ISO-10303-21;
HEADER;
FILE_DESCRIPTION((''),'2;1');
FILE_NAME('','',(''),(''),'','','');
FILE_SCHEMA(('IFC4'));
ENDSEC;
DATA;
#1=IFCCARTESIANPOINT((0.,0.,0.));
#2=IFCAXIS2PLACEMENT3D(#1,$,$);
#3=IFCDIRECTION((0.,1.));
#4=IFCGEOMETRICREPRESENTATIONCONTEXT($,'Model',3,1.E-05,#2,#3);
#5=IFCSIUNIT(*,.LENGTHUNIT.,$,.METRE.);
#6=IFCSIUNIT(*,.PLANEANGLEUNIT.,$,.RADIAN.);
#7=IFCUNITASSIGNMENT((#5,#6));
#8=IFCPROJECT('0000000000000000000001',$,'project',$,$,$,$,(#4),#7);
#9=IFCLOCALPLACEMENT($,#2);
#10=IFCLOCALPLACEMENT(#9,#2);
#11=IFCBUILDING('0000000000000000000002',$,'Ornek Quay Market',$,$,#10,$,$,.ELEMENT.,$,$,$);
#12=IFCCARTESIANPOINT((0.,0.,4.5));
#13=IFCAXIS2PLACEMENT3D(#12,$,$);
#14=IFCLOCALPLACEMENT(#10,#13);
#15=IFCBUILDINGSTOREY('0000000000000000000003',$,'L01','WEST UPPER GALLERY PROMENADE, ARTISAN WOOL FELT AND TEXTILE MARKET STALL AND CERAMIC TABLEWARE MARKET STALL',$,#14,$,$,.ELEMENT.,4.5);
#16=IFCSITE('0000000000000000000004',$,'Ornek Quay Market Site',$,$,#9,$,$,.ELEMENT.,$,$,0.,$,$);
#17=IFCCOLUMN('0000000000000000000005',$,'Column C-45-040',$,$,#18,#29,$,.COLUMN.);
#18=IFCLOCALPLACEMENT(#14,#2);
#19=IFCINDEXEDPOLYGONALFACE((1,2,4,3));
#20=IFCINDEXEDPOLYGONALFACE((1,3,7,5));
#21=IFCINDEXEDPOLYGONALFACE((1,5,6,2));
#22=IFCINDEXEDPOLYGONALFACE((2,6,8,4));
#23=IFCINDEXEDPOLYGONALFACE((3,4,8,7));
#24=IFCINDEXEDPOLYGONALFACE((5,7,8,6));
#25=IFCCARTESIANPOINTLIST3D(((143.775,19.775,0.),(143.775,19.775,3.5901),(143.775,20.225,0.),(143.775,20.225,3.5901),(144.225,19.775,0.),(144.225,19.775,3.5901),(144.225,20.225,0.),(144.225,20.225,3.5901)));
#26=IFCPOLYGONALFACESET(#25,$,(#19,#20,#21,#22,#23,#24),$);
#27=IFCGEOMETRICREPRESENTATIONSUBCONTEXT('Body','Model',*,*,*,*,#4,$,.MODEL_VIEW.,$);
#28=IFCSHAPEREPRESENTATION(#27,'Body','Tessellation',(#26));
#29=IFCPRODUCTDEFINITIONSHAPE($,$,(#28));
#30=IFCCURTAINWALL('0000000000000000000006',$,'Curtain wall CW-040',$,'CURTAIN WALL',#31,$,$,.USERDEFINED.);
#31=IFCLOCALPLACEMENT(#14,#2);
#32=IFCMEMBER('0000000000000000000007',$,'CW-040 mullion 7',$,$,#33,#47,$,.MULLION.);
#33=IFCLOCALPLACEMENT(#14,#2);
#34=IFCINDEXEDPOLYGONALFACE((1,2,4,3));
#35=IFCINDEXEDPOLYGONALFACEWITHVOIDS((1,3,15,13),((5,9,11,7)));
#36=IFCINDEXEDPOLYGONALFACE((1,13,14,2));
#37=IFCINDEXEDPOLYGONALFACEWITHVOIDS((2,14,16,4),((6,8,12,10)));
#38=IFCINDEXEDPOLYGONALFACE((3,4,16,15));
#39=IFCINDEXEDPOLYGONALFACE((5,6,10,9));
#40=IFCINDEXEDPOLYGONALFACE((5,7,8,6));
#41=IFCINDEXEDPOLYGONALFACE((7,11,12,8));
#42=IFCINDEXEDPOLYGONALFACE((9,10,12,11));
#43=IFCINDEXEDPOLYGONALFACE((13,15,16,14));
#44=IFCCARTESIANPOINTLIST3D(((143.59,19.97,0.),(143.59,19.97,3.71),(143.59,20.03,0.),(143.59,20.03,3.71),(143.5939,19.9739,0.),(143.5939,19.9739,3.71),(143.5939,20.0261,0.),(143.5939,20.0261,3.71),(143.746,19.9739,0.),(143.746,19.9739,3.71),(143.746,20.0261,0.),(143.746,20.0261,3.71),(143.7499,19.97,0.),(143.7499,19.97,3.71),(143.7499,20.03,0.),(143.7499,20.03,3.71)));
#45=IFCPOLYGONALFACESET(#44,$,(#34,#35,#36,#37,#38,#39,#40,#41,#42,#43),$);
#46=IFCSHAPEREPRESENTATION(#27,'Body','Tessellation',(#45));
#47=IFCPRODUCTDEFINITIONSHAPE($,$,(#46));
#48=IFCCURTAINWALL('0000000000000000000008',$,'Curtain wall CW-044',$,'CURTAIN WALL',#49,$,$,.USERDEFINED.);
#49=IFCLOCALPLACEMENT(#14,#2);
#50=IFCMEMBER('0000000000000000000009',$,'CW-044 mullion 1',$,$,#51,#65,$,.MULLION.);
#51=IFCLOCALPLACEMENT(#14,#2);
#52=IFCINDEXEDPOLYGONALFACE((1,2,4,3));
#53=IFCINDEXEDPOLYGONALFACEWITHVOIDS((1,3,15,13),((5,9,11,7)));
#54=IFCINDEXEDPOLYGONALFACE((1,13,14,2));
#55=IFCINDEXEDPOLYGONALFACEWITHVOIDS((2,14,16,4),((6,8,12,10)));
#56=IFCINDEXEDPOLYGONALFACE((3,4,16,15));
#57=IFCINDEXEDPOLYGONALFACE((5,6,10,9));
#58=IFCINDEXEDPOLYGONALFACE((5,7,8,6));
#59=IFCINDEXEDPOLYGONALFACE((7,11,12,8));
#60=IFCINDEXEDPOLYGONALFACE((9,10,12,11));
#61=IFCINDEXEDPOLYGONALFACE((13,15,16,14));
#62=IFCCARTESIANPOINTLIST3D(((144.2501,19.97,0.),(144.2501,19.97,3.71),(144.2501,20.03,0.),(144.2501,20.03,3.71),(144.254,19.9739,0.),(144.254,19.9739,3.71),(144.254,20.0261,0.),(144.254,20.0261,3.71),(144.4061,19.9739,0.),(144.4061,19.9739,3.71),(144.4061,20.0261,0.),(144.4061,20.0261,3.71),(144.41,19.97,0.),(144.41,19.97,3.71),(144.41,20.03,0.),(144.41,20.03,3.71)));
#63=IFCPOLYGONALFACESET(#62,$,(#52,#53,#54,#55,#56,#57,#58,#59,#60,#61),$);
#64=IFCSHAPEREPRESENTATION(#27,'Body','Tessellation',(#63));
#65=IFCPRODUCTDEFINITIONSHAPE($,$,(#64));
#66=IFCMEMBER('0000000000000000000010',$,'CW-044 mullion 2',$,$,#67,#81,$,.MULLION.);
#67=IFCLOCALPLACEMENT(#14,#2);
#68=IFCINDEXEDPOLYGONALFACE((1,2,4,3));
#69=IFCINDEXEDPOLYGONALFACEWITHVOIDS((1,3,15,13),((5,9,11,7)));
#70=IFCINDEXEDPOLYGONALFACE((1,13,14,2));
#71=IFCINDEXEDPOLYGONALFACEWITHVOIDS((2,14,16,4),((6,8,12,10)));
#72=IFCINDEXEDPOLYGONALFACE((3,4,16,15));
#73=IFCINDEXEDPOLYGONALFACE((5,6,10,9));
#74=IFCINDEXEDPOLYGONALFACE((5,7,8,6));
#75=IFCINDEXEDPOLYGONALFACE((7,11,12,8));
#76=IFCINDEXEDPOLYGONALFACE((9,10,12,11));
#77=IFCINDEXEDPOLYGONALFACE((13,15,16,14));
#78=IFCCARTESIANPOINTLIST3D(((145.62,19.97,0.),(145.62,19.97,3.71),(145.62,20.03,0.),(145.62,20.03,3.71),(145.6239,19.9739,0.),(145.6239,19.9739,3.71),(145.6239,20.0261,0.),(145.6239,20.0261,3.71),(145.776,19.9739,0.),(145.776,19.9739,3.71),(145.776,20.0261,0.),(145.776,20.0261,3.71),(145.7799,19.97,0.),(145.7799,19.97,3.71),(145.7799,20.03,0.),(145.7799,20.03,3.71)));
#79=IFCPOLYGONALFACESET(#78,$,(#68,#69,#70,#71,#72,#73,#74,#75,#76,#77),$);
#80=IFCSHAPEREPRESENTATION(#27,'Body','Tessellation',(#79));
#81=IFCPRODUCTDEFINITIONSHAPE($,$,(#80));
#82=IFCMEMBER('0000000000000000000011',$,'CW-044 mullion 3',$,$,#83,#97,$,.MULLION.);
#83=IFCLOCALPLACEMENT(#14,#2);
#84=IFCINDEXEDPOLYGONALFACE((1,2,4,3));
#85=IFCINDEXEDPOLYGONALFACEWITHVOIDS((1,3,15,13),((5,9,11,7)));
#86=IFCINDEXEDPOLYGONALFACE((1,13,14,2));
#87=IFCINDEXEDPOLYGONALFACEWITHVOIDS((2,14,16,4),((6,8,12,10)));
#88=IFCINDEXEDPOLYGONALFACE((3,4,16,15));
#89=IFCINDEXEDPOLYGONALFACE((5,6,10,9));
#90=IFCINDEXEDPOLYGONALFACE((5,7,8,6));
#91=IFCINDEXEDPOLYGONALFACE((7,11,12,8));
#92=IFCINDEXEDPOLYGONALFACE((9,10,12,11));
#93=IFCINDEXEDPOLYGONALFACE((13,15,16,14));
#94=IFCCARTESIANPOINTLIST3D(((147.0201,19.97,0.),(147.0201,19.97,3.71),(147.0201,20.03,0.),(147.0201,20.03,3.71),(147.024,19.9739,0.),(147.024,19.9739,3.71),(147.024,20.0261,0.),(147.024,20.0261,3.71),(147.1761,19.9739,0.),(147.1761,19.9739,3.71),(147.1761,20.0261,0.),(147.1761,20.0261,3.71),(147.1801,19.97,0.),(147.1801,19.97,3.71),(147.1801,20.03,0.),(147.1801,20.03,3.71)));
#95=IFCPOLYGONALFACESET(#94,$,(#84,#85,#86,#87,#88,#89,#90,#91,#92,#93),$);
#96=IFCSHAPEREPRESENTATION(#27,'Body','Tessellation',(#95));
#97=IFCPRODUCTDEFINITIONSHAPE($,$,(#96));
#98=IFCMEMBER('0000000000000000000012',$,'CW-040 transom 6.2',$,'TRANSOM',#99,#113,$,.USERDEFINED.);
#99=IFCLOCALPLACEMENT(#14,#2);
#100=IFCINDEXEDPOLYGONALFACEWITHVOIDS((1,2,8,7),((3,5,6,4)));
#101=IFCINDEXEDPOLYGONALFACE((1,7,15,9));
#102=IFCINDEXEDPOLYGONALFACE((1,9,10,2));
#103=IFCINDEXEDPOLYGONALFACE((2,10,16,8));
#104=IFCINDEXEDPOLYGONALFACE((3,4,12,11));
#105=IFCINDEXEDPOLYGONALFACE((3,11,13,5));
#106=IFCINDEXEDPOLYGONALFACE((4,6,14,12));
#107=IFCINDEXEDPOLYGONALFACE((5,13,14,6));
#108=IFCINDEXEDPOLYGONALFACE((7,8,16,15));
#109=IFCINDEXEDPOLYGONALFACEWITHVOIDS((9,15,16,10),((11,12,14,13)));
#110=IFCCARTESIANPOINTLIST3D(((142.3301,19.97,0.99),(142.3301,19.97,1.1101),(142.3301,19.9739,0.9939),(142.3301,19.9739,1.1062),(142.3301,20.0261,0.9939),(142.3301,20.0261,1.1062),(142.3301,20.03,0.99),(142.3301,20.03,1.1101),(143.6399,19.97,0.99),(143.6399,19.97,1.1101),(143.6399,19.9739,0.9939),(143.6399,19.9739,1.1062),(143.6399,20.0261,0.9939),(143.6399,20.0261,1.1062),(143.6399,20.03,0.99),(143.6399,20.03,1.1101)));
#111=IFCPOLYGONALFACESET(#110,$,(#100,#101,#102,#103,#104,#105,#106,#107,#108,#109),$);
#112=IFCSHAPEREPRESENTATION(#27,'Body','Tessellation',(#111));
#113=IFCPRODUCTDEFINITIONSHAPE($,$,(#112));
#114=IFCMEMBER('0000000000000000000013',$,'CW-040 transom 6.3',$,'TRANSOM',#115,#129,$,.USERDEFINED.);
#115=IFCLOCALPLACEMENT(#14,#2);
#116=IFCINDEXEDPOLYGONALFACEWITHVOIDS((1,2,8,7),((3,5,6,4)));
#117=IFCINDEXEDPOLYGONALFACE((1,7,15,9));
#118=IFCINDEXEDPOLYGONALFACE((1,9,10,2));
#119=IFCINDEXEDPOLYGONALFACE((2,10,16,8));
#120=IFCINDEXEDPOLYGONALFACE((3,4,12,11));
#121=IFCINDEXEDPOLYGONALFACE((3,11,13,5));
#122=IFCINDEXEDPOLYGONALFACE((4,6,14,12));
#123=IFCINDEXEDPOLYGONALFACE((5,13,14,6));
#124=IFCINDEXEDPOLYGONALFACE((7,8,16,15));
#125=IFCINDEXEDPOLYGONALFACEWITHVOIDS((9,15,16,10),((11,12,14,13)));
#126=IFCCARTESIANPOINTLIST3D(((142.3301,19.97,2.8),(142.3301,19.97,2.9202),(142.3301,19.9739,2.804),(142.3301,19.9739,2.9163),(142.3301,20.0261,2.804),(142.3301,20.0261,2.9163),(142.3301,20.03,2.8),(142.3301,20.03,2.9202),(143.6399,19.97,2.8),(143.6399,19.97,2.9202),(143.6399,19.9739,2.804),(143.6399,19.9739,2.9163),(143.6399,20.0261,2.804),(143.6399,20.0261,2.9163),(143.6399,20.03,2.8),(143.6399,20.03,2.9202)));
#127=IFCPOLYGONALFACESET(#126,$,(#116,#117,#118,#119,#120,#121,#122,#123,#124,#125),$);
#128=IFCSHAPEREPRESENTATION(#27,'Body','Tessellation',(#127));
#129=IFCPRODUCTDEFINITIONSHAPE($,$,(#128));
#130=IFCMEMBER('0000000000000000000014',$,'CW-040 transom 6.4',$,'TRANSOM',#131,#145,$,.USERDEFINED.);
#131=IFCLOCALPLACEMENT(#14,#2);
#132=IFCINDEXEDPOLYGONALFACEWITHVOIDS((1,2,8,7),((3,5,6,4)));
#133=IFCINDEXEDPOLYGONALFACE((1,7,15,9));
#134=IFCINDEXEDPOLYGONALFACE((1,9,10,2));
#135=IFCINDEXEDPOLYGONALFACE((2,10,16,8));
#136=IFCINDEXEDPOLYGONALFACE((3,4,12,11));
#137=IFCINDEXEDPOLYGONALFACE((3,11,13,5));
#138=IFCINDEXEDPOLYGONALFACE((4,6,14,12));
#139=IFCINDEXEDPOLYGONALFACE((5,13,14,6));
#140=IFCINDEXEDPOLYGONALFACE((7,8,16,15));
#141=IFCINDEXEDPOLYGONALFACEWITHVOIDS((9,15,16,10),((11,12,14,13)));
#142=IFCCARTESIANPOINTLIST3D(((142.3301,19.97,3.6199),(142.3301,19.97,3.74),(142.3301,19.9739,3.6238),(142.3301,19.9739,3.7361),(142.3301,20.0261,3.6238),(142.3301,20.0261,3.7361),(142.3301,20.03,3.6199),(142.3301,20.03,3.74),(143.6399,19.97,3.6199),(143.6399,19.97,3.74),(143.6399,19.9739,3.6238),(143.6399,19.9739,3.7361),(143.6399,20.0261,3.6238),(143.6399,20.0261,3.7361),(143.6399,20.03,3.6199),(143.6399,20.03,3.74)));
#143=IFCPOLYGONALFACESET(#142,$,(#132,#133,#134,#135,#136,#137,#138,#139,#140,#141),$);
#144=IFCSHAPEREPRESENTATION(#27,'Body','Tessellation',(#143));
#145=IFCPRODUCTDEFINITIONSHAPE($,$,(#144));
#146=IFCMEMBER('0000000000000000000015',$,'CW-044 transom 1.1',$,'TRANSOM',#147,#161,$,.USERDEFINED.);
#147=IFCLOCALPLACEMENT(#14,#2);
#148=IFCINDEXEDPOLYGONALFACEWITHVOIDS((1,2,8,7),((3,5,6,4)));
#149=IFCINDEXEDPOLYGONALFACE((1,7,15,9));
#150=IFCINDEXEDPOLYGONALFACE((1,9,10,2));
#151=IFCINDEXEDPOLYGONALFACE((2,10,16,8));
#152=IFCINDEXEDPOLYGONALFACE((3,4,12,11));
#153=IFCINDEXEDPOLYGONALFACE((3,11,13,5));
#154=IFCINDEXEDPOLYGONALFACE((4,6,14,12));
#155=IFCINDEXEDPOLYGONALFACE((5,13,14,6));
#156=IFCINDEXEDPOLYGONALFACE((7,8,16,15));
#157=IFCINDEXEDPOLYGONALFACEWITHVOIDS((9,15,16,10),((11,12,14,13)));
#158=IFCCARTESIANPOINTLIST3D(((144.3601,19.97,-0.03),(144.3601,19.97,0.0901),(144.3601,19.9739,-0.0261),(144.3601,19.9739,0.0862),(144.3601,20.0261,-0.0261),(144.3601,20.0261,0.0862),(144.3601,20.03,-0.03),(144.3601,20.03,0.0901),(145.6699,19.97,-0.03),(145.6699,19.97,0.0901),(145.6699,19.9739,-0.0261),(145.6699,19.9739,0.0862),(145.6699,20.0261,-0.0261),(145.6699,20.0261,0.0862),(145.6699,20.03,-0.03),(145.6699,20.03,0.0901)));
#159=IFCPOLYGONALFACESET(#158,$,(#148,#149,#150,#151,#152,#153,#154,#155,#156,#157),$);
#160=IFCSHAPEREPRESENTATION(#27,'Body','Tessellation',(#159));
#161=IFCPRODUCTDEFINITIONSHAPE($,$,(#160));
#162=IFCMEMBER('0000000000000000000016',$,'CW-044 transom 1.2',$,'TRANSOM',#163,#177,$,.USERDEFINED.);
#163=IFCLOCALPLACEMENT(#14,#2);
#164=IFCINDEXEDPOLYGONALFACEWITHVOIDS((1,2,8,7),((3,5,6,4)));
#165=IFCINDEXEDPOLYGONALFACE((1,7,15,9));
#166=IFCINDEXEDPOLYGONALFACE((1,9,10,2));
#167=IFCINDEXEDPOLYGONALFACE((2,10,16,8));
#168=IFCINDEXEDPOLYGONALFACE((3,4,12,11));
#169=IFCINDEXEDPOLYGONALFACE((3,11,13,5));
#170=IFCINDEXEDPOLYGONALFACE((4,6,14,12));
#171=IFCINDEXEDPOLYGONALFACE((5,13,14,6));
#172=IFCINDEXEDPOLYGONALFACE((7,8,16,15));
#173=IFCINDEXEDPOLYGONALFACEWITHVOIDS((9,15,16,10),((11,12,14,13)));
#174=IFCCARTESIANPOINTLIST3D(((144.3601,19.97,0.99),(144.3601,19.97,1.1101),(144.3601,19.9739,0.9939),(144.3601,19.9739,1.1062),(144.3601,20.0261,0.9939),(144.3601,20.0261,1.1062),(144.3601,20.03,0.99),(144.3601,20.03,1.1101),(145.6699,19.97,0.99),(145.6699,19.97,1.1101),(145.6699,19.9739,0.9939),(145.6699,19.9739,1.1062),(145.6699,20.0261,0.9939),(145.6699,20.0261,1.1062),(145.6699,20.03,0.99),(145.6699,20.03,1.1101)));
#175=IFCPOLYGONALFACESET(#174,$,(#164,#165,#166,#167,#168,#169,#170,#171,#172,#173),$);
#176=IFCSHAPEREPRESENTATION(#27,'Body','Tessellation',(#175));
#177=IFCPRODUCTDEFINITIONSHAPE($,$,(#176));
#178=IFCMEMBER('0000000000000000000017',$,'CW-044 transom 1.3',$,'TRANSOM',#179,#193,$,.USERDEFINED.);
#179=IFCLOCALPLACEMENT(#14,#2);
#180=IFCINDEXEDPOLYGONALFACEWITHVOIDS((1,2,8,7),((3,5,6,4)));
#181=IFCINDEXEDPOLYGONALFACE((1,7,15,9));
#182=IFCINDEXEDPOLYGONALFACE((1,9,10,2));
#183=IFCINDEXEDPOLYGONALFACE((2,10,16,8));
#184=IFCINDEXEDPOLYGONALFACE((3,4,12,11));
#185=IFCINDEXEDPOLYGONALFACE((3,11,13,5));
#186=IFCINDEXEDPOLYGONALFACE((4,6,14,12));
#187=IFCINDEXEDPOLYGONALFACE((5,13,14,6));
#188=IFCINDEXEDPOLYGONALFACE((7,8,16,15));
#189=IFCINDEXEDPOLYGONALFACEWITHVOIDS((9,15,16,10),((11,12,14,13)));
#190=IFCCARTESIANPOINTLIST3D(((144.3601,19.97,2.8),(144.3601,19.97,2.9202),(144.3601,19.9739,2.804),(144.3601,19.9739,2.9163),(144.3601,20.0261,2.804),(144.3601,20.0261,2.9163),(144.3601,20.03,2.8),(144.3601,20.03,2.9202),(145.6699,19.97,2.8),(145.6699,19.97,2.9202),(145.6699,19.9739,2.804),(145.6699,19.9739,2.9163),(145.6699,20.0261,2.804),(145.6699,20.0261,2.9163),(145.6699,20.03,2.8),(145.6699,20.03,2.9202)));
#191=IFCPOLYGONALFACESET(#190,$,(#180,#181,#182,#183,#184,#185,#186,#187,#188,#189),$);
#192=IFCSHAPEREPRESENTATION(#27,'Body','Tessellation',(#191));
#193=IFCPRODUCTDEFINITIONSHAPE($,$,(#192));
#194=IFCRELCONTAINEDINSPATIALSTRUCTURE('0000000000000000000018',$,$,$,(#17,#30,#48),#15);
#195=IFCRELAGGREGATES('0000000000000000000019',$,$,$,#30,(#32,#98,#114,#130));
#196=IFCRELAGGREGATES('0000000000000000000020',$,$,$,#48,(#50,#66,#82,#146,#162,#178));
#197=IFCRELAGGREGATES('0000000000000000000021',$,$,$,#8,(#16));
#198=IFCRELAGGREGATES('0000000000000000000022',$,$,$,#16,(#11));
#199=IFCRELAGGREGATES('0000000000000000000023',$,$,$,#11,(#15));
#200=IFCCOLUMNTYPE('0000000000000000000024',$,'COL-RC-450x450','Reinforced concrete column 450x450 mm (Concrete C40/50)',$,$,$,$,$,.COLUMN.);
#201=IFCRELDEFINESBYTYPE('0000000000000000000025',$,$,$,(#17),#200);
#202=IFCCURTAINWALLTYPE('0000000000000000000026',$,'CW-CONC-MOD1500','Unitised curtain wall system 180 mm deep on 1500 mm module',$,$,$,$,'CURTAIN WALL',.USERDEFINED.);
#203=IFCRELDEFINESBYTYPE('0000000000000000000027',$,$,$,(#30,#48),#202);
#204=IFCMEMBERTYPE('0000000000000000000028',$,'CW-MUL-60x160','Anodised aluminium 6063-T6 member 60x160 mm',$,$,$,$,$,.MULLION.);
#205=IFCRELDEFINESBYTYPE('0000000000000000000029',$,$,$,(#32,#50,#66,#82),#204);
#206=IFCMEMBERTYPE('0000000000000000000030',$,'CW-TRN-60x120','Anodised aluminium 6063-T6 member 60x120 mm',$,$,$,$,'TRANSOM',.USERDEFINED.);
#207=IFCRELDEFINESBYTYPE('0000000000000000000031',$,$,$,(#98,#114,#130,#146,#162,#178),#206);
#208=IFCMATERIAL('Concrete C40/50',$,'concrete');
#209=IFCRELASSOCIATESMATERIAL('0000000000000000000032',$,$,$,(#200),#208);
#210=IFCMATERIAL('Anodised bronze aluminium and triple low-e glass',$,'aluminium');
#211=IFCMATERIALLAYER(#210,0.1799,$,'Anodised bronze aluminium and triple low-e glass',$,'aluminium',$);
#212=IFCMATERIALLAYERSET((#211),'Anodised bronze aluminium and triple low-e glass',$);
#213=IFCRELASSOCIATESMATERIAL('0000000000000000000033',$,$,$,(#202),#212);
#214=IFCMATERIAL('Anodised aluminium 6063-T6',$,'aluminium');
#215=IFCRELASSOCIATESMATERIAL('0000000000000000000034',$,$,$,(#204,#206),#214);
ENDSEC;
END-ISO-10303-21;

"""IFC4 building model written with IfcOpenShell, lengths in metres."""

from ifc_helpers import new_model, si_unit, direction, frame, origin, origin_2d, place, context, subcontext, project, spatial, rectangle, hollow_rectangle, extrude, material, layer, layer_set, material_profile, profile_set, type_object, element, aggregate, save


model = new_model("IFC4")

# Units and contexts
model_context = context("Model", 3, precision=1e-05, world=origin(), true_north=direction((0.0, 1.0)))
body_context = subcontext(model_context, "Body", "Model", "MODEL_VIEW")
ifc_project = project(units=[si_unit("LENGTHUNIT", "METRE"), si_unit("PLANEANGLEUNIT", "RADIAN")], contexts=[model_context])

# Site, building, storey
site_placement = place(None, origin())
site = spatial("IfcSite", under=ifc_project, at=site_placement, Name="Ornek Quay Market Site", CompositionType="ELEMENT", RefElevation=0.0)
building_placement = place(site_placement, origin())
building = spatial("IfcBuilding", under=site, at=building_placement, Name="Ornek Quay Market", CompositionType="ELEMENT")
storey_placement = place(building_placement, frame((0.0, 0.0, 4.5)))
storey = spatial("IfcBuildingStorey", under=building, at=storey_placement, Name="L01", Description="WEST UPPER GALLERY PROMENADE, ARTISAN WOOL FELT AND TEXTILE MARKET STALL AND CERAMIC TABLEWARE MARKET STALL", CompositionType="ELEMENT", Elevation=4.5)

# Column
ifc_material_1 = material(Name="Concrete C40/50", Category="concrete")
ifc_material_profile_1 = material_profile(ifc_material_1, rectangle(XDim=0.45, YDim=0.45, at=origin_2d()), Name="RC 450x450", Category="concrete")
ifc_profile_set_1 = profile_set([ifc_material_profile_1], Name="Concrete C40/50")
column_type = type_object("IfcColumnType", Name="COL-RC-450x450", Description="Reinforced concrete column 450x450 mm (Concrete C40/50)", PredefinedType="COLUMN", material=ifc_profile_set_1)
column_placement = place(storey_placement, frame((144.0, 20.0, 0.0), z_axis=(0.0, 0.0, 1.0), x_axis=(1.0, 0.0, 0.0)))
element("IfcColumn", 1, at=column_placement, inside=storey, type_object=column_type, Name="Column C-45-040", PredefinedType="COLUMN", context=body_context, shape_type="SweptSolid", body=[
    extrude(rectangle(XDim=0.45, YDim=0.45, at=origin_2d()), origin(), (0.0, 0.0, 1.0), 3.5901),
])

# Curtain wall, member
ifc_material_2 = material(Name="Anodised bronze aluminium and triple low-e glass", Category="aluminium")
ifc_layer_1 = layer(ifc_material_2, 0.1799, Name="Anodised bronze aluminium and triple low-e glass", Category="aluminium")
ifc_layer_set_1 = layer_set([ifc_layer_1], Name="Anodised bronze aluminium and triple low-e glass")
curtain_wall_type = type_object("IfcCurtainWallType", Name="CW-CONC-MOD1500", Description="Unitised curtain wall system 180 mm deep on 1500 mm module", ElementType="CURTAIN WALL", PredefinedType="USERDEFINED", material=ifc_layer_set_1)
curtain_wall_1_placement = place(storey_placement, origin())
curtain_wall_1 = element("IfcCurtainWall", 2, at=curtain_wall_1_placement, inside=storey, type_object=curtain_wall_type, Name="Curtain wall CW-040", ObjectType="CURTAIN WALL", PredefinedType="USERDEFINED")
ifc_material_3 = material(Name="Anodised aluminium 6063-T6", Category="aluminium")
ifc_material_profile_2 = material_profile(ifc_material_3, hollow_rectangle(XDim=0.0601, YDim=0.1599, WallThickness=0.0039, at=origin_2d()), Name="CW-MUL-60x160", Category="aluminium")
ifc_profile_set_2 = profile_set([ifc_material_profile_2], Name="Anodised aluminium 6063-T6")
member_type_1 = type_object("IfcMemberType", Name="CW-MUL-60x160", Description="Anodised aluminium 6063-T6 member 60x160 mm", PredefinedType="MULLION", material=ifc_profile_set_2)
member_1_placement = place(storey_placement, frame((143.6699, 20.0, 0.0), z_axis=(0.0, 0.0, 1.0), x_axis=(0.0, 1.0, 0.0)))
member_1 = element("IfcMember", 3, at=member_1_placement, type_object=member_type_1, Name="CW-040 mullion 7", PredefinedType="MULLION", context=body_context, shape_type="SweptSolid", body=[
    extrude(hollow_rectangle(XDim=0.0601, YDim=0.1599, WallThickness=0.0039, at=origin_2d()), origin(), (0.0, 0.0, 1.0), 3.71),
])

# Curtain wall, members
curtain_wall_2_placement = place(storey_placement, origin())
curtain_wall_2 = element("IfcCurtainWall", 4, at=curtain_wall_2_placement, inside=storey, type_object=curtain_wall_type, Name="Curtain wall CW-044", ObjectType="CURTAIN WALL", PredefinedType="USERDEFINED")
member_2_placement = place(storey_placement, frame((144.3301, 20.0, 0.0), z_axis=(0.0, 0.0, 1.0), x_axis=(0.0, 1.0, 0.0)))
member_2 = element("IfcMember", 5, at=member_2_placement, type_object=member_type_1, Name="CW-044 mullion 1", PredefinedType="MULLION", context=body_context, shape_type="SweptSolid", body=[
    extrude(hollow_rectangle(XDim=0.0601, YDim=0.1599, WallThickness=0.0039, at=origin_2d()), origin(), (0.0, 0.0, 1.0), 3.71),
])
member_3_placement = place(storey_placement, frame((145.7, 20.0, 0.0), z_axis=(0.0, 0.0, 1.0), x_axis=(0.0, 1.0, 0.0)))
member_3 = element("IfcMember", 6, at=member_3_placement, type_object=member_type_1, Name="CW-044 mullion 2", PredefinedType="MULLION", context=body_context, shape_type="SweptSolid", body=[
    extrude(hollow_rectangle(XDim=0.0601, YDim=0.1599, WallThickness=0.0039, at=origin_2d()), origin(), (0.0, 0.0, 1.0), 3.71),
])
member_4_placement = place(storey_placement, frame((147.1001, 20.0, 0.0), z_axis=(0.0, 0.0, 1.0), x_axis=(0.0, 1.0, 0.0)))
member_4 = element("IfcMember", 7, at=member_4_placement, type_object=member_type_1, Name="CW-044 mullion 3", PredefinedType="MULLION", context=body_context, shape_type="SweptSolid", body=[
    extrude(hollow_rectangle(XDim=0.0601, YDim=0.1599, WallThickness=0.0039, at=origin_2d()), origin(), (0.0, 0.0, 1.0), 3.71),
])

# Members
ifc_material_profile_3 = material_profile(ifc_material_3, hollow_rectangle(XDim=0.0601, YDim=0.1201, WallThickness=0.0039, at=origin_2d()), Name="CW-TRN-60x120", Category="aluminium")
ifc_profile_set_3 = profile_set([ifc_material_profile_3], Name="Anodised aluminium 6063-T6")
member_type_2 = type_object("IfcMemberType", Name="CW-TRN-60x120", Description="Anodised aluminium 6063-T6 member 60x120 mm", ElementType="TRANSOM", PredefinedType="USERDEFINED", material=ifc_profile_set_3)
member_5_placement = place(storey_placement, frame((142.3301, 20.0, 1.05), z_axis=(1.0, 0.0, 0.0), x_axis=(0.0, 1.0, 0.0)))
member_5 = element("IfcMember", 8, at=member_5_placement, type_object=member_type_2, Name="CW-040 transom 6.2", ObjectType="TRANSOM", PredefinedType="USERDEFINED", context=body_context, shape_type="SweptSolid", body=[
    extrude(hollow_rectangle(XDim=0.0601, YDim=0.1201, WallThickness=0.0039, at=origin_2d()), origin(), (0.0, 0.0, 1.0), 1.3098),
])
member_6_placement = place(storey_placement, frame((142.3301, 20.0, 2.8601), z_axis=(1.0, 0.0, 0.0), x_axis=(0.0, 1.0, 0.0)))
member_6 = element("IfcMember", 9, at=member_6_placement, type_object=member_type_2, Name="CW-040 transom 6.3", ObjectType="TRANSOM", PredefinedType="USERDEFINED", context=body_context, shape_type="SweptSolid", body=[
    extrude(hollow_rectangle(XDim=0.0601, YDim=0.1201, WallThickness=0.0039, at=origin_2d()), origin(), (0.0, 0.0, 1.0), 1.3098),
])
member_7_placement = place(storey_placement, frame((142.3301, 20.0, 3.6799), z_axis=(1.0, 0.0, 0.0), x_axis=(0.0, 1.0, 0.0)))
member_7 = element("IfcMember", 10, at=member_7_placement, type_object=member_type_2, Name="CW-040 transom 6.4", ObjectType="TRANSOM", PredefinedType="USERDEFINED", context=body_context, shape_type="SweptSolid", body=[
    extrude(hollow_rectangle(XDim=0.0601, YDim=0.1201, WallThickness=0.0039, at=origin_2d()), origin(), (0.0, 0.0, 1.0), 1.3098),
])
member_8_placement = place(storey_placement, frame((144.3601, 20.0, 0.03), z_axis=(1.0, 0.0, 0.0), x_axis=(0.0, 1.0, 0.0)))
member_8 = element("IfcMember", 11, at=member_8_placement, type_object=member_type_2, Name="CW-044 transom 1.1", ObjectType="TRANSOM", PredefinedType="USERDEFINED", context=body_context, shape_type="SweptSolid", body=[
    extrude(hollow_rectangle(XDim=0.0601, YDim=0.1201, WallThickness=0.0039, at=origin_2d()), origin(), (0.0, 0.0, 1.0), 1.3098),
])
member_9_placement = place(storey_placement, frame((144.3601, 20.0, 1.05), z_axis=(1.0, 0.0, 0.0), x_axis=(0.0, 1.0, 0.0)))
member_9 = element("IfcMember", 12, at=member_9_placement, type_object=member_type_2, Name="CW-044 transom 1.2", ObjectType="TRANSOM", PredefinedType="USERDEFINED", context=body_context, shape_type="SweptSolid", body=[
    extrude(hollow_rectangle(XDim=0.0601, YDim=0.1201, WallThickness=0.0039, at=origin_2d()), origin(), (0.0, 0.0, 1.0), 1.3098),
])
member_10_placement = place(storey_placement, frame((144.3601, 20.0, 2.8601), z_axis=(1.0, 0.0, 0.0), x_axis=(0.0, 1.0, 0.0)))
member_10 = element("IfcMember", 13, at=member_10_placement, type_object=member_type_2, Name="CW-044 transom 1.3", ObjectType="TRANSOM", PredefinedType="USERDEFINED", context=body_context, shape_type="SweptSolid", body=[
    extrude(hollow_rectangle(XDim=0.0601, YDim=0.1201, WallThickness=0.0039, at=origin_2d()), origin(), (0.0, 0.0, 1.0), 1.3098),
])

aggregate(curtain_wall_1, [member_1, member_5, member_6, member_7])
aggregate(curtain_wall_2, [member_2, member_3, member_4, member_8, member_9, member_10])

save(model, "model.ifc")
